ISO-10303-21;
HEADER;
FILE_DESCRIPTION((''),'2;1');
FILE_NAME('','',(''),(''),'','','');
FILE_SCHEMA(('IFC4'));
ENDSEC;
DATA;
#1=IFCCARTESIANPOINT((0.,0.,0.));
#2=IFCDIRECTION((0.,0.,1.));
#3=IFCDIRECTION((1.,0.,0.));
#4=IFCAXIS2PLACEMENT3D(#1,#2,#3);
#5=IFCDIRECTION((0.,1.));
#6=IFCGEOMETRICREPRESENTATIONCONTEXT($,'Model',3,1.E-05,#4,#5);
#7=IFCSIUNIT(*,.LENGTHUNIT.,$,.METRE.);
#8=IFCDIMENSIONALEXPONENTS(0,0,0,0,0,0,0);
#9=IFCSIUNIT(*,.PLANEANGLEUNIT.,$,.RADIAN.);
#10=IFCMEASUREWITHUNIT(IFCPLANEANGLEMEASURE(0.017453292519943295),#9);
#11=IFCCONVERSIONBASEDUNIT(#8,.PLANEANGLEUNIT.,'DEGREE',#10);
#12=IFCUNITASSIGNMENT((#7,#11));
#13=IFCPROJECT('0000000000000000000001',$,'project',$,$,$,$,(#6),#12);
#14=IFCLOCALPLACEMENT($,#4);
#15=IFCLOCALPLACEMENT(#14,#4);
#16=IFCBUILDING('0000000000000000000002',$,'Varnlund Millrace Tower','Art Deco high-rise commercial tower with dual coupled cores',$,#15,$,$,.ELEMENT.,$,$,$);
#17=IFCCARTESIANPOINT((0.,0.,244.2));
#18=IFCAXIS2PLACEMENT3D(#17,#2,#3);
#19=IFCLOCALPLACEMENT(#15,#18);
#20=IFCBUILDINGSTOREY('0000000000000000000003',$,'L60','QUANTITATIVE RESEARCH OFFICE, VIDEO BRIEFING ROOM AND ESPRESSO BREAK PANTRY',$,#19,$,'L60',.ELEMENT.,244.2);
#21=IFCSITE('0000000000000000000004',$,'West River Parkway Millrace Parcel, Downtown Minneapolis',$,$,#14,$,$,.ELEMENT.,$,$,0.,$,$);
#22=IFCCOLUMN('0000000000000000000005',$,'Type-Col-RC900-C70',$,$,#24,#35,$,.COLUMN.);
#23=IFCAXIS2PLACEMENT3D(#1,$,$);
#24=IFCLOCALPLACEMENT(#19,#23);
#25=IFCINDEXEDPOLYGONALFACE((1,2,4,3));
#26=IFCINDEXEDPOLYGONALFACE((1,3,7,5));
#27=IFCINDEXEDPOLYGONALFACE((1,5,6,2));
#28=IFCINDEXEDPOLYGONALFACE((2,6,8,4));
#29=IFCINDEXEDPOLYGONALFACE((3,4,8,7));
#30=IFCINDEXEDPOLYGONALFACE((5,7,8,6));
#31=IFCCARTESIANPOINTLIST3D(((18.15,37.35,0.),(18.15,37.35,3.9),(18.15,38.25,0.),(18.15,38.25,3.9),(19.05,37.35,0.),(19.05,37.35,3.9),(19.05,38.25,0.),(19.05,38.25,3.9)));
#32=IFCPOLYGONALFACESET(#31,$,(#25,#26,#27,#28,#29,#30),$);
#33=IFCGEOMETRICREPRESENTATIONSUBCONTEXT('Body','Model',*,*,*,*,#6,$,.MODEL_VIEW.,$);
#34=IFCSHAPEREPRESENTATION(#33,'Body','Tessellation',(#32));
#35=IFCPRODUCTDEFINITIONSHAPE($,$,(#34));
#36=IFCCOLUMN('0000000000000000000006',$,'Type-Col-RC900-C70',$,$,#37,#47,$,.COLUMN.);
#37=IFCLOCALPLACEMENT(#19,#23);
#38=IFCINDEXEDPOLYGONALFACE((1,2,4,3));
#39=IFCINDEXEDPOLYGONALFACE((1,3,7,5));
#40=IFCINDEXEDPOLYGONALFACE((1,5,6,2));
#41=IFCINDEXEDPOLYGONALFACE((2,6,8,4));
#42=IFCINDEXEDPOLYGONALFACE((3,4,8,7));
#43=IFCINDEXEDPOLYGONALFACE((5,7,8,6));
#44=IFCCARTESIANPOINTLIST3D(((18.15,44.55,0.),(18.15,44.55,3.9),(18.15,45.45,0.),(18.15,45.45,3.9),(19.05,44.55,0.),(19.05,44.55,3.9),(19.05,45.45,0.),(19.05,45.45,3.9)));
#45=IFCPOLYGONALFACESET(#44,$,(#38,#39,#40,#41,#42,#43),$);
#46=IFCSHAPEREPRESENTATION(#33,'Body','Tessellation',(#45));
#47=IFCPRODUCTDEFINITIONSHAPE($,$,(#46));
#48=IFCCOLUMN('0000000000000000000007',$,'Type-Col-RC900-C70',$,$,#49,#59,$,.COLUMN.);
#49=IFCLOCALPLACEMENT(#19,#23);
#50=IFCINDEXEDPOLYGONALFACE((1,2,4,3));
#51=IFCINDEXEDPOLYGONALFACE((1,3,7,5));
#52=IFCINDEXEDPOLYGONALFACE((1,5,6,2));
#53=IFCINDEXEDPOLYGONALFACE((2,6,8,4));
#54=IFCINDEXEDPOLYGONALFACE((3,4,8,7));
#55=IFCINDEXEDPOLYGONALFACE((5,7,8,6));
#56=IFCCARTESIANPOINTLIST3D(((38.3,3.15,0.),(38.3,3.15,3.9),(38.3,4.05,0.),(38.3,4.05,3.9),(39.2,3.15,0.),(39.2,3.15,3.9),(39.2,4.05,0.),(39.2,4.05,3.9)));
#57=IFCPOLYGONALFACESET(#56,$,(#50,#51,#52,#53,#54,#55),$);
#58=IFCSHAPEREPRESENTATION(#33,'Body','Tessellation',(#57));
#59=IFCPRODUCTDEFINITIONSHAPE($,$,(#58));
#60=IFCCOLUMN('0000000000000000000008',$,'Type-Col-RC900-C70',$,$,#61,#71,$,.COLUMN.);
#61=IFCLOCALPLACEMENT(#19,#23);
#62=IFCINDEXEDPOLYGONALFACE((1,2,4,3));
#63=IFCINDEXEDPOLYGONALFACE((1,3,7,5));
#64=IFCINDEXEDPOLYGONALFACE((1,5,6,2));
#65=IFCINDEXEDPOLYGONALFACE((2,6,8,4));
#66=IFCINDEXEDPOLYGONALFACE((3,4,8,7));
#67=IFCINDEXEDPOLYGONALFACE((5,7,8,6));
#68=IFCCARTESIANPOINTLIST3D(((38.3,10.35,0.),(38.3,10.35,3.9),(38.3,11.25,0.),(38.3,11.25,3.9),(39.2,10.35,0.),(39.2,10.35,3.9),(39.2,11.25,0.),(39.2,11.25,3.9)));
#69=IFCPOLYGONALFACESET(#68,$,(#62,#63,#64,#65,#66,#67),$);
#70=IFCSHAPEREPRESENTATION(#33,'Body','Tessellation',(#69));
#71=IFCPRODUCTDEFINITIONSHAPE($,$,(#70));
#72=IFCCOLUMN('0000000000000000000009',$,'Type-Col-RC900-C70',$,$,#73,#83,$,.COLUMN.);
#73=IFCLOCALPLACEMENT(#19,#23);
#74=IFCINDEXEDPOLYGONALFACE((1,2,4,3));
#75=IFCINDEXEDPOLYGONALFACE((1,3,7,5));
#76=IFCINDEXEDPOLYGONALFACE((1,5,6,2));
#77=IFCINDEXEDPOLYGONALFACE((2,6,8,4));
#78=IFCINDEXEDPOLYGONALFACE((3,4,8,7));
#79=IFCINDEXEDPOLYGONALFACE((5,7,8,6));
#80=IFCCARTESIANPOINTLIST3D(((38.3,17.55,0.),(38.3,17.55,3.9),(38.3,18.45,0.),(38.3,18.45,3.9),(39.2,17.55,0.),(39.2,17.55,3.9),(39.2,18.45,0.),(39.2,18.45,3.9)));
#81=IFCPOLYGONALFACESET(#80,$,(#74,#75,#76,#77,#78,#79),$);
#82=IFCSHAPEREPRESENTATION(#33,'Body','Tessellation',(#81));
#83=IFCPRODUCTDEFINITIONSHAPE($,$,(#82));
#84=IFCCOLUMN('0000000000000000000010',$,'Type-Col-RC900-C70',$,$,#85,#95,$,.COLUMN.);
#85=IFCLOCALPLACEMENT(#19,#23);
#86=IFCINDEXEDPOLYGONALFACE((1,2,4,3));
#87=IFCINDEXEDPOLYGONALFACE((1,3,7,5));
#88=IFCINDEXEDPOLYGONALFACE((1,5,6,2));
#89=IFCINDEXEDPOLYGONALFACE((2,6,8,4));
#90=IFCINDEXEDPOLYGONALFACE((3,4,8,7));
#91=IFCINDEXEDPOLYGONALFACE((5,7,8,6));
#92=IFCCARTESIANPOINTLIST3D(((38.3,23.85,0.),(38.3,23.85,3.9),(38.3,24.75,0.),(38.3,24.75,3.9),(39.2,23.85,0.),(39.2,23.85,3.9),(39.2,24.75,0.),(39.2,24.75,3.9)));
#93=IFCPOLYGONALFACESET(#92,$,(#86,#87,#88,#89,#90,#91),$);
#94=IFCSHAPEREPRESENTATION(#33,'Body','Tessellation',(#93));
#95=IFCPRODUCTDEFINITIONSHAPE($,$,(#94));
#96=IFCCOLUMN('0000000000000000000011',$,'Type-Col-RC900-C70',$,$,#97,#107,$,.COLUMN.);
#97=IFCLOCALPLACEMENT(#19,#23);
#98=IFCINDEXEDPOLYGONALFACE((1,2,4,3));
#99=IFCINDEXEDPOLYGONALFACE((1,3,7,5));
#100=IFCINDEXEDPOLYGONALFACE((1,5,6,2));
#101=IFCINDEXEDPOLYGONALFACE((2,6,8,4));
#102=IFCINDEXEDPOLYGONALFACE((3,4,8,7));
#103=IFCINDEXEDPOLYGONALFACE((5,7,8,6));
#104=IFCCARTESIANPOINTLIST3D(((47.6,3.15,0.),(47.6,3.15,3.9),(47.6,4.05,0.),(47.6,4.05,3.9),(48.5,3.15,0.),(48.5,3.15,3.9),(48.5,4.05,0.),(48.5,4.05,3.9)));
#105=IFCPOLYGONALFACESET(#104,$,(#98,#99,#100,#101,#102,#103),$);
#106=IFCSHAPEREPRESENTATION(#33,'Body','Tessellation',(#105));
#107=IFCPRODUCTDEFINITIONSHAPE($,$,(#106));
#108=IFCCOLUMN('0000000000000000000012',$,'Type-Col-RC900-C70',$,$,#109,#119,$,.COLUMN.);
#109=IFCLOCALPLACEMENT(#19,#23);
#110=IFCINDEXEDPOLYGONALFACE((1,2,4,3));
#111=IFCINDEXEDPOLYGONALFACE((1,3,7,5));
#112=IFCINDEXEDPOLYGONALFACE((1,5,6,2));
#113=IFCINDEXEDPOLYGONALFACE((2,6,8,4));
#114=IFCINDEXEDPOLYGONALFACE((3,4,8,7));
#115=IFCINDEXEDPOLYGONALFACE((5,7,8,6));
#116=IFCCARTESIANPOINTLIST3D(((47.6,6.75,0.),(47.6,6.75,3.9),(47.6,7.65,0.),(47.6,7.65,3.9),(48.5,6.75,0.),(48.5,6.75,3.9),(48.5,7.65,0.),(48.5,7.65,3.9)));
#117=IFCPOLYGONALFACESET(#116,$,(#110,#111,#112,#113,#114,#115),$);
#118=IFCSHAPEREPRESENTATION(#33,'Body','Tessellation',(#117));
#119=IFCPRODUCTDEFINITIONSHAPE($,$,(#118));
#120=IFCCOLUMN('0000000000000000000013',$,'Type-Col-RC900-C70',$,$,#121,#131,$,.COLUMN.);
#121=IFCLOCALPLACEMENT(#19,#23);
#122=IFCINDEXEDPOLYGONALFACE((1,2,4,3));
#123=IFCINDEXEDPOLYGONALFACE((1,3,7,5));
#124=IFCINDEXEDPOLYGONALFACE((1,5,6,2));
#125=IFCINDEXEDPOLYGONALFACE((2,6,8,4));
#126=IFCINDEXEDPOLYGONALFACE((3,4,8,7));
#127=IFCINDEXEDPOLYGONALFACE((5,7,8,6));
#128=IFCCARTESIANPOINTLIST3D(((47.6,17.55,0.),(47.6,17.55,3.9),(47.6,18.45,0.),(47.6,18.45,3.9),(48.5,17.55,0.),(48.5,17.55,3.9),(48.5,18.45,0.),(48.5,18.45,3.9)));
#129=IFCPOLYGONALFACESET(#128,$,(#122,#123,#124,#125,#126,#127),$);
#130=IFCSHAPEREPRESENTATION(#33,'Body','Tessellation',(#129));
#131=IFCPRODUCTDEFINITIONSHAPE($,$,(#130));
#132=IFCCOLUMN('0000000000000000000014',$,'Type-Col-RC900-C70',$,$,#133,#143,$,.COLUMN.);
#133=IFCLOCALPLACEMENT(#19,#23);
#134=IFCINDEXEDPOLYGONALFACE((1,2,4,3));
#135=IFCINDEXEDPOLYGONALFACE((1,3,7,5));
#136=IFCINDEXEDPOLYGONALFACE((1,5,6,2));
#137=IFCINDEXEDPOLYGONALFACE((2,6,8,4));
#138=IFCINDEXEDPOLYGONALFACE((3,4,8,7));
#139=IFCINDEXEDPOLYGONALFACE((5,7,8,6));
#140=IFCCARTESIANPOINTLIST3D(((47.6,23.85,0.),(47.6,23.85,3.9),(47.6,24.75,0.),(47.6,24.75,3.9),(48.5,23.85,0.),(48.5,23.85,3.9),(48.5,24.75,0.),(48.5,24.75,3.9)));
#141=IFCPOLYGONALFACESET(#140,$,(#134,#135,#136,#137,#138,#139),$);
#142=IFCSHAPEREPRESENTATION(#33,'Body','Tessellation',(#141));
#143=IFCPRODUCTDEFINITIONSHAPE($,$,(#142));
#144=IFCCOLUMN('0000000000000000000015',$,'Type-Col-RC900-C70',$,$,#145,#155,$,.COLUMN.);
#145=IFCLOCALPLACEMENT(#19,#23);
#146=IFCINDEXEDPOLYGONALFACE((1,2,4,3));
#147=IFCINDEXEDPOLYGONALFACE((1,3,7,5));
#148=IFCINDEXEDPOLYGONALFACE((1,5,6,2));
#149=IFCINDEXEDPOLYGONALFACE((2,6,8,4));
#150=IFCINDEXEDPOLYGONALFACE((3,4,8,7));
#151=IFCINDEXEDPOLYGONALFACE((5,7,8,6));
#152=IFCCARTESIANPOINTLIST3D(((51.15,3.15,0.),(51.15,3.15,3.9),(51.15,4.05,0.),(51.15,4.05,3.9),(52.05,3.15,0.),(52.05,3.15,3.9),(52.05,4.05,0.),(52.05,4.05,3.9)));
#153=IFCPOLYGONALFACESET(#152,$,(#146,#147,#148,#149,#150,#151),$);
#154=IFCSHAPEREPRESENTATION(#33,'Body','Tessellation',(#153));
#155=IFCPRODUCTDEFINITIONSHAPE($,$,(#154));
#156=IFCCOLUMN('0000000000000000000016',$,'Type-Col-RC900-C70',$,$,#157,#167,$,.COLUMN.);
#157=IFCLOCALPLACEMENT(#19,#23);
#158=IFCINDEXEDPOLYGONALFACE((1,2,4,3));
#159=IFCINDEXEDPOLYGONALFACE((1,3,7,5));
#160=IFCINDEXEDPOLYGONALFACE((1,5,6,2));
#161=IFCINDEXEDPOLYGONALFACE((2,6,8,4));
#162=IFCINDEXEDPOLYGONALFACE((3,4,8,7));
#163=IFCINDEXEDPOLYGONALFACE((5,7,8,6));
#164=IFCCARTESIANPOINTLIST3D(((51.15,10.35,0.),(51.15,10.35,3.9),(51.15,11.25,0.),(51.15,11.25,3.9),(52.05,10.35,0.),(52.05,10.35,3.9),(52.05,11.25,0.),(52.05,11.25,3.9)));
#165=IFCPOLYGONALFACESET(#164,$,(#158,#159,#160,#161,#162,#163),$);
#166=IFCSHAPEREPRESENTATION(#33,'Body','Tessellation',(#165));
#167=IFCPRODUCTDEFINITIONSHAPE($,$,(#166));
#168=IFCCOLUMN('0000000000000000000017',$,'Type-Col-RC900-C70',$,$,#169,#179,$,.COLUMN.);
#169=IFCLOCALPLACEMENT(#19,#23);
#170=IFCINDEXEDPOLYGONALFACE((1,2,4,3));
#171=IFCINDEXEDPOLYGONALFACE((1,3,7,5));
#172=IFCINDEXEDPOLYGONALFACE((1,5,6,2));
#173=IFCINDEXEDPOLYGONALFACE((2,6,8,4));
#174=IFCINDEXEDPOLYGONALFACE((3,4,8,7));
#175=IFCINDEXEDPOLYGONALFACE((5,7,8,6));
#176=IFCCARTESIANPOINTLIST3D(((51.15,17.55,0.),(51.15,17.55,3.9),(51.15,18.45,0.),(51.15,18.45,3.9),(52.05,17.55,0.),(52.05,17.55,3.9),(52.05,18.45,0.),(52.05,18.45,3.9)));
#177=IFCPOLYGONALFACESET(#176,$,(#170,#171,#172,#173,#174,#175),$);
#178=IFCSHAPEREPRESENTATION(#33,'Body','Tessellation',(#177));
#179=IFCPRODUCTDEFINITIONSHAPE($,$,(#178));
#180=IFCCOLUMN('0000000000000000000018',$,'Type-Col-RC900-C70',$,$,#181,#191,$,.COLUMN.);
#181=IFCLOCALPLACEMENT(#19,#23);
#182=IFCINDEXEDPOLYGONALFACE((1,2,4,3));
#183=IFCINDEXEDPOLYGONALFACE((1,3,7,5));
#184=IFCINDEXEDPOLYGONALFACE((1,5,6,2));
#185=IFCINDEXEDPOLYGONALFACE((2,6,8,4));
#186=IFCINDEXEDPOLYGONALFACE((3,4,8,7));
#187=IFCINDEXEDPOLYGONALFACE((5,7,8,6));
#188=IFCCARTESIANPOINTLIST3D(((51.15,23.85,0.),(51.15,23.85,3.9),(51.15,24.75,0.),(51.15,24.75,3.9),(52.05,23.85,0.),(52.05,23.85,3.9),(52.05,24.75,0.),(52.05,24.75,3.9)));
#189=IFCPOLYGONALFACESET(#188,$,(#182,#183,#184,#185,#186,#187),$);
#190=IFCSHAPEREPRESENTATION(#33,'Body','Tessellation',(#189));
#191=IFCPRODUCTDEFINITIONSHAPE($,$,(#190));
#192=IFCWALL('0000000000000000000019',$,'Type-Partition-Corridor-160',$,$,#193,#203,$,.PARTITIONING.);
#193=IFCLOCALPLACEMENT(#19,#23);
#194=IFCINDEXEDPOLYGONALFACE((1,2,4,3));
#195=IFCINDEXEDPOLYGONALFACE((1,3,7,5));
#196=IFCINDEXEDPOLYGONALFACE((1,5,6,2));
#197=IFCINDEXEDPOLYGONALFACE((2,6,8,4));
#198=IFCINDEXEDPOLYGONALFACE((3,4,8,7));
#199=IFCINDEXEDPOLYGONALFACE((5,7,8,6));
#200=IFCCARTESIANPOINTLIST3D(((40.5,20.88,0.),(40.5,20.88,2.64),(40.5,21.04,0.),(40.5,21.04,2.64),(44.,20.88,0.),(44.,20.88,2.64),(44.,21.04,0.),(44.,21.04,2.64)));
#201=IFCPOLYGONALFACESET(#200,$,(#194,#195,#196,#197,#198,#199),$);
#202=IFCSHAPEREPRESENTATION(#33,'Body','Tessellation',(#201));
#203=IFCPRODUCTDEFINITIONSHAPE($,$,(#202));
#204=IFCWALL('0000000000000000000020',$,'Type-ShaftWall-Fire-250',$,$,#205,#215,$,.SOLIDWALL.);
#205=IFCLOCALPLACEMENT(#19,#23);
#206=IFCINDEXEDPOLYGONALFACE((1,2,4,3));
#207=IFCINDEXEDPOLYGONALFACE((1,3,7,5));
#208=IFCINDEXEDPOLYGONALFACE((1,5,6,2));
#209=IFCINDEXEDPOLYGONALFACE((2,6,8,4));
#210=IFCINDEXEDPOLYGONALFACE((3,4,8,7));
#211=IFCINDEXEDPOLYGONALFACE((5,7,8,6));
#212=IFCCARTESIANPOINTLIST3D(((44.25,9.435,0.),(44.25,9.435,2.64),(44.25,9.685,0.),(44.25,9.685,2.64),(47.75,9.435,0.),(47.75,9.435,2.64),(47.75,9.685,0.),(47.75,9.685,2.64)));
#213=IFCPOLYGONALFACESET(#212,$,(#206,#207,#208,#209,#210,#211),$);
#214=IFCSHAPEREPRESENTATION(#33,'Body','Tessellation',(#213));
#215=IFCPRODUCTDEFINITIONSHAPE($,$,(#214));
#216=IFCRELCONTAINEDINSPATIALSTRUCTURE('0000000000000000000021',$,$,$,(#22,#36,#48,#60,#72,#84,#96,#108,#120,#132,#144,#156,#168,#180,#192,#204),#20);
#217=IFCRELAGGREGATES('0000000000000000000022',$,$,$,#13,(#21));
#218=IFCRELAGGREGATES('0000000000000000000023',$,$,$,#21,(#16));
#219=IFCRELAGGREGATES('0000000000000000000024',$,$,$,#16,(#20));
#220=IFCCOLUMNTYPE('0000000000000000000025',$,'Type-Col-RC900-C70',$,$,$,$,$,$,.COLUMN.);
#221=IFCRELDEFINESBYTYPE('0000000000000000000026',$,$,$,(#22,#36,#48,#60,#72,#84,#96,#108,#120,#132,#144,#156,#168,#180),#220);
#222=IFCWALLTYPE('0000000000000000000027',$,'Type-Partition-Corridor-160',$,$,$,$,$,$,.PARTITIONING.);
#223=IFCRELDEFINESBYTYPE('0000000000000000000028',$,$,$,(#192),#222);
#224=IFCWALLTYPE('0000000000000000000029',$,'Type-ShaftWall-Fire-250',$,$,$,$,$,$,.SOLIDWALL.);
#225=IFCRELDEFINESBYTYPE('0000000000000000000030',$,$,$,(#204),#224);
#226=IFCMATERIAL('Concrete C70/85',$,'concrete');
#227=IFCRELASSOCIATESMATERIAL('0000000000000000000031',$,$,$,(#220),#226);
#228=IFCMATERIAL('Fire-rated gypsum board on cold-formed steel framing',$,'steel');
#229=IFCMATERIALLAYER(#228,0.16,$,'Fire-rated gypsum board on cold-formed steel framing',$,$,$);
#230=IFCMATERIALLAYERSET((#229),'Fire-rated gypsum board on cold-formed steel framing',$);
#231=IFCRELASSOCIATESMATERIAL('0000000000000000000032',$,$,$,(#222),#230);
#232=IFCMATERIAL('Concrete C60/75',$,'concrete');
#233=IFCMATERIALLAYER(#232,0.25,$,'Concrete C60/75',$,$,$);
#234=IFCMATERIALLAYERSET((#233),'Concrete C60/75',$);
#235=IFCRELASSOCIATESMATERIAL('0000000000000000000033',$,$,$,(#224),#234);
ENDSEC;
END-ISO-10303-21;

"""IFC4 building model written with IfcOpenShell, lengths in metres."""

from ifc_helpers import new_model, entity, si_unit, converted_unit, direction, frame, origin_with_axes, origin_2d_with_axis, place, context, subcontext, project, spatial, polyline, rectangle, outline, extrude, material, layer, layer_set, material_profile, profile_set, type_object, element, save


model = new_model("IFC4")

# Units and contexts
model_context = context("Model", 3, precision=1e-05, world=origin_with_axes(), true_north=direction((0.0, 1.0)))
body_context = subcontext(model_context, "Body", "Model", "MODEL_VIEW")
ifc_project = project(units=[si_unit("LENGTHUNIT", "METRE"), converted_unit("PLANEANGLEUNIT", "DEGREE", entity("IfcPlaneAngleMeasure", 0.017453292519943295), si_unit("PLANEANGLEUNIT", "RADIAN"), dimensions=[0, 0, 0, 0, 0, 0, 0])], contexts=[model_context])

# Site, building, storey
site_placement = place(None, origin_with_axes())
site = spatial("IfcSite", under=ifc_project, at=site_placement, Name="West River Parkway Millrace Parcel, Downtown Minneapolis", CompositionType="ELEMENT", RefElevation=0.0)
building_placement = place(site_placement, origin_with_axes())
building = spatial("IfcBuilding", under=site, at=building_placement, Name="Varnlund Millrace Tower", Description="Art Deco high-rise commercial tower with dual coupled cores", CompositionType="ELEMENT")
storey_placement = place(building_placement, frame((0.0, 0.0, 244.2), z_axis=(0.0, 0.0, 1.0), x_axis=(1.0, 0.0, 0.0)))
storey = spatial("IfcBuildingStorey", under=building, at=storey_placement, Name="L60", Description="QUANTITATIVE RESEARCH OFFICE, VIDEO BRIEFING ROOM AND ESPRESSO BREAK PANTRY", LongName="L60", CompositionType="ELEMENT", Elevation=244.2)

# Columns
ifc_material_1 = material(Name="Concrete C70/85", Category="concrete")
ifc_material_profile_1 = material_profile(ifc_material_1, rectangle(XDim=0.9, YDim=0.9, at=origin_2d_with_axis()), Name="Concrete C70/85")
ifc_profile_set_1 = profile_set([ifc_material_profile_1], Name="Concrete C70/85")
column_type_1 = type_object("IfcColumnType", Name="Type-Col-RC900-C70", PredefinedType="COLUMN", material=ifc_profile_set_1)
for number, where, z_axis, x_axis, name in (
    (1, (18.6, 37.8, 0.0), (0.0, 0.0, 1.0), (1.0, 0.0, 0.0), "Type-Col-RC900-C70"),
    (2, (18.6, 45.0, 0.0), (0.0, 0.0, 1.0), (1.0, 0.0, 0.0), "Type-Col-RC900-C70"),
    (3, (38.75, 3.6, 0.0), (0.0, 0.0, 1.0), (1.0, 0.0, 0.0), "Type-Col-RC900-C70"),
    (4, (38.75, 10.8, 0.0), (0.0, 0.0, 1.0), (1.0, 0.0, 0.0), "Type-Col-RC900-C70"),
    (5, (38.75, 18.0, 0.0), (0.0, 0.0, 1.0), (1.0, 0.0, 0.0), "Type-Col-RC900-C70"),
    (6, (38.75, 24.3, 0.0), (0.0, 0.0, 1.0), (1.0, 0.0, 0.0), "Type-Col-RC900-C70"),
    (7, (48.05, 3.6, 0.0), (0.0, 0.0, 1.0), (1.0, 0.0, 0.0), "Type-Col-RC900-C70"),
    (8, (48.05, 7.2, 0.0), (0.0, 0.0, 1.0), (1.0, 0.0, 0.0), "Type-Col-RC900-C70"),
    (9, (48.05, 18.0, 0.0), (0.0, 0.0, 1.0), (1.0, 0.0, 0.0), "Type-Col-RC900-C70"),
    (10, (48.05, 24.3, 0.0), (0.0, 0.0, 1.0), (1.0, 0.0, 0.0), "Type-Col-RC900-C70"),
    (11, (51.6, 3.6, 0.0), (0.0, 0.0, 1.0), (1.0, 0.0, 0.0), "Type-Col-RC900-C70"),
    (12, (51.6, 10.8, 0.0), (0.0, 0.0, 1.0), (1.0, 0.0, 0.0), "Type-Col-RC900-C70"),
    (13, (51.6, 18.0, 0.0), (0.0, 0.0, 1.0), (1.0, 0.0, 0.0), "Type-Col-RC900-C70"),
    (14, (51.6, 24.3, 0.0), (0.0, 0.0, 1.0), (1.0, 0.0, 0.0), "Type-Col-RC900-C70"),
):
    element("IfcColumn", number, at=place(storey_placement, frame(where, z_axis=z_axis, x_axis=x_axis)), inside=storey, type_object=column_type_1, Name=name, PredefinedType="COLUMN", context=body_context, shape_type="SweptSolid", body=[
        extrude(rectangle(XDim=0.9, YDim=0.9, at=origin_2d_with_axis()), origin_with_axes(), (0.0, 0.0, 1.0), 3.9),
    ])

# Wall
ifc_material_2 = material(Name="Fire-rated gypsum board on cold-formed steel framing", Category="steel")
ifc_layer_1 = layer(ifc_material_2, 0.16, Name="Fire-rated gypsum board on cold-formed steel framing")
ifc_layer_set_1 = layer_set([ifc_layer_1], Name="Fire-rated gypsum board on cold-formed steel framing")
wall_type_1 = type_object("IfcWallType", Name="Type-Partition-Corridor-160", PredefinedType="PARTITIONING", material=ifc_layer_set_1)
wall_1_placement = place(storey_placement, frame((40.5, 20.96, 0.0), z_axis=(0.0, 0.0, 1.0), x_axis=(1.0, 0.0, 0.0)))
element("IfcWall", 15, at=wall_1_placement, inside=storey, type_object=wall_type_1, Name="Type-Partition-Corridor-160", PredefinedType="PARTITIONING", context=body_context, shape_type="SweptSolid", body=[
    extrude(outline(polyline([(0.0, -0.08), (3.5, -0.08), (3.5, 0.08), (0.0, 0.08), (0.0, -0.08)])), origin_with_axes(), (0.0, 0.0, 1.0), 2.64),
])

# Wall
ifc_material_3 = material(Name="Concrete C60/75", Category="concrete")
ifc_layer_2 = layer(ifc_material_3, 0.25, Name="Concrete C60/75")
ifc_layer_set_2 = layer_set([ifc_layer_2], Name="Concrete C60/75")
wall_type_2 = type_object("IfcWallType", Name="Type-ShaftWall-Fire-250", PredefinedType="SOLIDWALL", material=ifc_layer_set_2)
wall_2_placement = place(storey_placement, frame((44.25, 9.56, 0.0), z_axis=(0.0, 0.0, 1.0), x_axis=(1.0, 0.0, 0.0)))
element("IfcWall", 16, at=wall_2_placement, inside=storey, type_object=wall_type_2, Name="Type-ShaftWall-Fire-250", PredefinedType="SOLIDWALL", context=body_context, shape_type="SweptSolid", body=[
    extrude(outline(polyline([(0.0, -0.125), (3.5, -0.125), (3.5, 0.125), (0.0, 0.125), (0.0, -0.125)])), origin_with_axes(), (0.0, 0.0, 1.0), 2.64),
])

save(model, "model.ifc")
